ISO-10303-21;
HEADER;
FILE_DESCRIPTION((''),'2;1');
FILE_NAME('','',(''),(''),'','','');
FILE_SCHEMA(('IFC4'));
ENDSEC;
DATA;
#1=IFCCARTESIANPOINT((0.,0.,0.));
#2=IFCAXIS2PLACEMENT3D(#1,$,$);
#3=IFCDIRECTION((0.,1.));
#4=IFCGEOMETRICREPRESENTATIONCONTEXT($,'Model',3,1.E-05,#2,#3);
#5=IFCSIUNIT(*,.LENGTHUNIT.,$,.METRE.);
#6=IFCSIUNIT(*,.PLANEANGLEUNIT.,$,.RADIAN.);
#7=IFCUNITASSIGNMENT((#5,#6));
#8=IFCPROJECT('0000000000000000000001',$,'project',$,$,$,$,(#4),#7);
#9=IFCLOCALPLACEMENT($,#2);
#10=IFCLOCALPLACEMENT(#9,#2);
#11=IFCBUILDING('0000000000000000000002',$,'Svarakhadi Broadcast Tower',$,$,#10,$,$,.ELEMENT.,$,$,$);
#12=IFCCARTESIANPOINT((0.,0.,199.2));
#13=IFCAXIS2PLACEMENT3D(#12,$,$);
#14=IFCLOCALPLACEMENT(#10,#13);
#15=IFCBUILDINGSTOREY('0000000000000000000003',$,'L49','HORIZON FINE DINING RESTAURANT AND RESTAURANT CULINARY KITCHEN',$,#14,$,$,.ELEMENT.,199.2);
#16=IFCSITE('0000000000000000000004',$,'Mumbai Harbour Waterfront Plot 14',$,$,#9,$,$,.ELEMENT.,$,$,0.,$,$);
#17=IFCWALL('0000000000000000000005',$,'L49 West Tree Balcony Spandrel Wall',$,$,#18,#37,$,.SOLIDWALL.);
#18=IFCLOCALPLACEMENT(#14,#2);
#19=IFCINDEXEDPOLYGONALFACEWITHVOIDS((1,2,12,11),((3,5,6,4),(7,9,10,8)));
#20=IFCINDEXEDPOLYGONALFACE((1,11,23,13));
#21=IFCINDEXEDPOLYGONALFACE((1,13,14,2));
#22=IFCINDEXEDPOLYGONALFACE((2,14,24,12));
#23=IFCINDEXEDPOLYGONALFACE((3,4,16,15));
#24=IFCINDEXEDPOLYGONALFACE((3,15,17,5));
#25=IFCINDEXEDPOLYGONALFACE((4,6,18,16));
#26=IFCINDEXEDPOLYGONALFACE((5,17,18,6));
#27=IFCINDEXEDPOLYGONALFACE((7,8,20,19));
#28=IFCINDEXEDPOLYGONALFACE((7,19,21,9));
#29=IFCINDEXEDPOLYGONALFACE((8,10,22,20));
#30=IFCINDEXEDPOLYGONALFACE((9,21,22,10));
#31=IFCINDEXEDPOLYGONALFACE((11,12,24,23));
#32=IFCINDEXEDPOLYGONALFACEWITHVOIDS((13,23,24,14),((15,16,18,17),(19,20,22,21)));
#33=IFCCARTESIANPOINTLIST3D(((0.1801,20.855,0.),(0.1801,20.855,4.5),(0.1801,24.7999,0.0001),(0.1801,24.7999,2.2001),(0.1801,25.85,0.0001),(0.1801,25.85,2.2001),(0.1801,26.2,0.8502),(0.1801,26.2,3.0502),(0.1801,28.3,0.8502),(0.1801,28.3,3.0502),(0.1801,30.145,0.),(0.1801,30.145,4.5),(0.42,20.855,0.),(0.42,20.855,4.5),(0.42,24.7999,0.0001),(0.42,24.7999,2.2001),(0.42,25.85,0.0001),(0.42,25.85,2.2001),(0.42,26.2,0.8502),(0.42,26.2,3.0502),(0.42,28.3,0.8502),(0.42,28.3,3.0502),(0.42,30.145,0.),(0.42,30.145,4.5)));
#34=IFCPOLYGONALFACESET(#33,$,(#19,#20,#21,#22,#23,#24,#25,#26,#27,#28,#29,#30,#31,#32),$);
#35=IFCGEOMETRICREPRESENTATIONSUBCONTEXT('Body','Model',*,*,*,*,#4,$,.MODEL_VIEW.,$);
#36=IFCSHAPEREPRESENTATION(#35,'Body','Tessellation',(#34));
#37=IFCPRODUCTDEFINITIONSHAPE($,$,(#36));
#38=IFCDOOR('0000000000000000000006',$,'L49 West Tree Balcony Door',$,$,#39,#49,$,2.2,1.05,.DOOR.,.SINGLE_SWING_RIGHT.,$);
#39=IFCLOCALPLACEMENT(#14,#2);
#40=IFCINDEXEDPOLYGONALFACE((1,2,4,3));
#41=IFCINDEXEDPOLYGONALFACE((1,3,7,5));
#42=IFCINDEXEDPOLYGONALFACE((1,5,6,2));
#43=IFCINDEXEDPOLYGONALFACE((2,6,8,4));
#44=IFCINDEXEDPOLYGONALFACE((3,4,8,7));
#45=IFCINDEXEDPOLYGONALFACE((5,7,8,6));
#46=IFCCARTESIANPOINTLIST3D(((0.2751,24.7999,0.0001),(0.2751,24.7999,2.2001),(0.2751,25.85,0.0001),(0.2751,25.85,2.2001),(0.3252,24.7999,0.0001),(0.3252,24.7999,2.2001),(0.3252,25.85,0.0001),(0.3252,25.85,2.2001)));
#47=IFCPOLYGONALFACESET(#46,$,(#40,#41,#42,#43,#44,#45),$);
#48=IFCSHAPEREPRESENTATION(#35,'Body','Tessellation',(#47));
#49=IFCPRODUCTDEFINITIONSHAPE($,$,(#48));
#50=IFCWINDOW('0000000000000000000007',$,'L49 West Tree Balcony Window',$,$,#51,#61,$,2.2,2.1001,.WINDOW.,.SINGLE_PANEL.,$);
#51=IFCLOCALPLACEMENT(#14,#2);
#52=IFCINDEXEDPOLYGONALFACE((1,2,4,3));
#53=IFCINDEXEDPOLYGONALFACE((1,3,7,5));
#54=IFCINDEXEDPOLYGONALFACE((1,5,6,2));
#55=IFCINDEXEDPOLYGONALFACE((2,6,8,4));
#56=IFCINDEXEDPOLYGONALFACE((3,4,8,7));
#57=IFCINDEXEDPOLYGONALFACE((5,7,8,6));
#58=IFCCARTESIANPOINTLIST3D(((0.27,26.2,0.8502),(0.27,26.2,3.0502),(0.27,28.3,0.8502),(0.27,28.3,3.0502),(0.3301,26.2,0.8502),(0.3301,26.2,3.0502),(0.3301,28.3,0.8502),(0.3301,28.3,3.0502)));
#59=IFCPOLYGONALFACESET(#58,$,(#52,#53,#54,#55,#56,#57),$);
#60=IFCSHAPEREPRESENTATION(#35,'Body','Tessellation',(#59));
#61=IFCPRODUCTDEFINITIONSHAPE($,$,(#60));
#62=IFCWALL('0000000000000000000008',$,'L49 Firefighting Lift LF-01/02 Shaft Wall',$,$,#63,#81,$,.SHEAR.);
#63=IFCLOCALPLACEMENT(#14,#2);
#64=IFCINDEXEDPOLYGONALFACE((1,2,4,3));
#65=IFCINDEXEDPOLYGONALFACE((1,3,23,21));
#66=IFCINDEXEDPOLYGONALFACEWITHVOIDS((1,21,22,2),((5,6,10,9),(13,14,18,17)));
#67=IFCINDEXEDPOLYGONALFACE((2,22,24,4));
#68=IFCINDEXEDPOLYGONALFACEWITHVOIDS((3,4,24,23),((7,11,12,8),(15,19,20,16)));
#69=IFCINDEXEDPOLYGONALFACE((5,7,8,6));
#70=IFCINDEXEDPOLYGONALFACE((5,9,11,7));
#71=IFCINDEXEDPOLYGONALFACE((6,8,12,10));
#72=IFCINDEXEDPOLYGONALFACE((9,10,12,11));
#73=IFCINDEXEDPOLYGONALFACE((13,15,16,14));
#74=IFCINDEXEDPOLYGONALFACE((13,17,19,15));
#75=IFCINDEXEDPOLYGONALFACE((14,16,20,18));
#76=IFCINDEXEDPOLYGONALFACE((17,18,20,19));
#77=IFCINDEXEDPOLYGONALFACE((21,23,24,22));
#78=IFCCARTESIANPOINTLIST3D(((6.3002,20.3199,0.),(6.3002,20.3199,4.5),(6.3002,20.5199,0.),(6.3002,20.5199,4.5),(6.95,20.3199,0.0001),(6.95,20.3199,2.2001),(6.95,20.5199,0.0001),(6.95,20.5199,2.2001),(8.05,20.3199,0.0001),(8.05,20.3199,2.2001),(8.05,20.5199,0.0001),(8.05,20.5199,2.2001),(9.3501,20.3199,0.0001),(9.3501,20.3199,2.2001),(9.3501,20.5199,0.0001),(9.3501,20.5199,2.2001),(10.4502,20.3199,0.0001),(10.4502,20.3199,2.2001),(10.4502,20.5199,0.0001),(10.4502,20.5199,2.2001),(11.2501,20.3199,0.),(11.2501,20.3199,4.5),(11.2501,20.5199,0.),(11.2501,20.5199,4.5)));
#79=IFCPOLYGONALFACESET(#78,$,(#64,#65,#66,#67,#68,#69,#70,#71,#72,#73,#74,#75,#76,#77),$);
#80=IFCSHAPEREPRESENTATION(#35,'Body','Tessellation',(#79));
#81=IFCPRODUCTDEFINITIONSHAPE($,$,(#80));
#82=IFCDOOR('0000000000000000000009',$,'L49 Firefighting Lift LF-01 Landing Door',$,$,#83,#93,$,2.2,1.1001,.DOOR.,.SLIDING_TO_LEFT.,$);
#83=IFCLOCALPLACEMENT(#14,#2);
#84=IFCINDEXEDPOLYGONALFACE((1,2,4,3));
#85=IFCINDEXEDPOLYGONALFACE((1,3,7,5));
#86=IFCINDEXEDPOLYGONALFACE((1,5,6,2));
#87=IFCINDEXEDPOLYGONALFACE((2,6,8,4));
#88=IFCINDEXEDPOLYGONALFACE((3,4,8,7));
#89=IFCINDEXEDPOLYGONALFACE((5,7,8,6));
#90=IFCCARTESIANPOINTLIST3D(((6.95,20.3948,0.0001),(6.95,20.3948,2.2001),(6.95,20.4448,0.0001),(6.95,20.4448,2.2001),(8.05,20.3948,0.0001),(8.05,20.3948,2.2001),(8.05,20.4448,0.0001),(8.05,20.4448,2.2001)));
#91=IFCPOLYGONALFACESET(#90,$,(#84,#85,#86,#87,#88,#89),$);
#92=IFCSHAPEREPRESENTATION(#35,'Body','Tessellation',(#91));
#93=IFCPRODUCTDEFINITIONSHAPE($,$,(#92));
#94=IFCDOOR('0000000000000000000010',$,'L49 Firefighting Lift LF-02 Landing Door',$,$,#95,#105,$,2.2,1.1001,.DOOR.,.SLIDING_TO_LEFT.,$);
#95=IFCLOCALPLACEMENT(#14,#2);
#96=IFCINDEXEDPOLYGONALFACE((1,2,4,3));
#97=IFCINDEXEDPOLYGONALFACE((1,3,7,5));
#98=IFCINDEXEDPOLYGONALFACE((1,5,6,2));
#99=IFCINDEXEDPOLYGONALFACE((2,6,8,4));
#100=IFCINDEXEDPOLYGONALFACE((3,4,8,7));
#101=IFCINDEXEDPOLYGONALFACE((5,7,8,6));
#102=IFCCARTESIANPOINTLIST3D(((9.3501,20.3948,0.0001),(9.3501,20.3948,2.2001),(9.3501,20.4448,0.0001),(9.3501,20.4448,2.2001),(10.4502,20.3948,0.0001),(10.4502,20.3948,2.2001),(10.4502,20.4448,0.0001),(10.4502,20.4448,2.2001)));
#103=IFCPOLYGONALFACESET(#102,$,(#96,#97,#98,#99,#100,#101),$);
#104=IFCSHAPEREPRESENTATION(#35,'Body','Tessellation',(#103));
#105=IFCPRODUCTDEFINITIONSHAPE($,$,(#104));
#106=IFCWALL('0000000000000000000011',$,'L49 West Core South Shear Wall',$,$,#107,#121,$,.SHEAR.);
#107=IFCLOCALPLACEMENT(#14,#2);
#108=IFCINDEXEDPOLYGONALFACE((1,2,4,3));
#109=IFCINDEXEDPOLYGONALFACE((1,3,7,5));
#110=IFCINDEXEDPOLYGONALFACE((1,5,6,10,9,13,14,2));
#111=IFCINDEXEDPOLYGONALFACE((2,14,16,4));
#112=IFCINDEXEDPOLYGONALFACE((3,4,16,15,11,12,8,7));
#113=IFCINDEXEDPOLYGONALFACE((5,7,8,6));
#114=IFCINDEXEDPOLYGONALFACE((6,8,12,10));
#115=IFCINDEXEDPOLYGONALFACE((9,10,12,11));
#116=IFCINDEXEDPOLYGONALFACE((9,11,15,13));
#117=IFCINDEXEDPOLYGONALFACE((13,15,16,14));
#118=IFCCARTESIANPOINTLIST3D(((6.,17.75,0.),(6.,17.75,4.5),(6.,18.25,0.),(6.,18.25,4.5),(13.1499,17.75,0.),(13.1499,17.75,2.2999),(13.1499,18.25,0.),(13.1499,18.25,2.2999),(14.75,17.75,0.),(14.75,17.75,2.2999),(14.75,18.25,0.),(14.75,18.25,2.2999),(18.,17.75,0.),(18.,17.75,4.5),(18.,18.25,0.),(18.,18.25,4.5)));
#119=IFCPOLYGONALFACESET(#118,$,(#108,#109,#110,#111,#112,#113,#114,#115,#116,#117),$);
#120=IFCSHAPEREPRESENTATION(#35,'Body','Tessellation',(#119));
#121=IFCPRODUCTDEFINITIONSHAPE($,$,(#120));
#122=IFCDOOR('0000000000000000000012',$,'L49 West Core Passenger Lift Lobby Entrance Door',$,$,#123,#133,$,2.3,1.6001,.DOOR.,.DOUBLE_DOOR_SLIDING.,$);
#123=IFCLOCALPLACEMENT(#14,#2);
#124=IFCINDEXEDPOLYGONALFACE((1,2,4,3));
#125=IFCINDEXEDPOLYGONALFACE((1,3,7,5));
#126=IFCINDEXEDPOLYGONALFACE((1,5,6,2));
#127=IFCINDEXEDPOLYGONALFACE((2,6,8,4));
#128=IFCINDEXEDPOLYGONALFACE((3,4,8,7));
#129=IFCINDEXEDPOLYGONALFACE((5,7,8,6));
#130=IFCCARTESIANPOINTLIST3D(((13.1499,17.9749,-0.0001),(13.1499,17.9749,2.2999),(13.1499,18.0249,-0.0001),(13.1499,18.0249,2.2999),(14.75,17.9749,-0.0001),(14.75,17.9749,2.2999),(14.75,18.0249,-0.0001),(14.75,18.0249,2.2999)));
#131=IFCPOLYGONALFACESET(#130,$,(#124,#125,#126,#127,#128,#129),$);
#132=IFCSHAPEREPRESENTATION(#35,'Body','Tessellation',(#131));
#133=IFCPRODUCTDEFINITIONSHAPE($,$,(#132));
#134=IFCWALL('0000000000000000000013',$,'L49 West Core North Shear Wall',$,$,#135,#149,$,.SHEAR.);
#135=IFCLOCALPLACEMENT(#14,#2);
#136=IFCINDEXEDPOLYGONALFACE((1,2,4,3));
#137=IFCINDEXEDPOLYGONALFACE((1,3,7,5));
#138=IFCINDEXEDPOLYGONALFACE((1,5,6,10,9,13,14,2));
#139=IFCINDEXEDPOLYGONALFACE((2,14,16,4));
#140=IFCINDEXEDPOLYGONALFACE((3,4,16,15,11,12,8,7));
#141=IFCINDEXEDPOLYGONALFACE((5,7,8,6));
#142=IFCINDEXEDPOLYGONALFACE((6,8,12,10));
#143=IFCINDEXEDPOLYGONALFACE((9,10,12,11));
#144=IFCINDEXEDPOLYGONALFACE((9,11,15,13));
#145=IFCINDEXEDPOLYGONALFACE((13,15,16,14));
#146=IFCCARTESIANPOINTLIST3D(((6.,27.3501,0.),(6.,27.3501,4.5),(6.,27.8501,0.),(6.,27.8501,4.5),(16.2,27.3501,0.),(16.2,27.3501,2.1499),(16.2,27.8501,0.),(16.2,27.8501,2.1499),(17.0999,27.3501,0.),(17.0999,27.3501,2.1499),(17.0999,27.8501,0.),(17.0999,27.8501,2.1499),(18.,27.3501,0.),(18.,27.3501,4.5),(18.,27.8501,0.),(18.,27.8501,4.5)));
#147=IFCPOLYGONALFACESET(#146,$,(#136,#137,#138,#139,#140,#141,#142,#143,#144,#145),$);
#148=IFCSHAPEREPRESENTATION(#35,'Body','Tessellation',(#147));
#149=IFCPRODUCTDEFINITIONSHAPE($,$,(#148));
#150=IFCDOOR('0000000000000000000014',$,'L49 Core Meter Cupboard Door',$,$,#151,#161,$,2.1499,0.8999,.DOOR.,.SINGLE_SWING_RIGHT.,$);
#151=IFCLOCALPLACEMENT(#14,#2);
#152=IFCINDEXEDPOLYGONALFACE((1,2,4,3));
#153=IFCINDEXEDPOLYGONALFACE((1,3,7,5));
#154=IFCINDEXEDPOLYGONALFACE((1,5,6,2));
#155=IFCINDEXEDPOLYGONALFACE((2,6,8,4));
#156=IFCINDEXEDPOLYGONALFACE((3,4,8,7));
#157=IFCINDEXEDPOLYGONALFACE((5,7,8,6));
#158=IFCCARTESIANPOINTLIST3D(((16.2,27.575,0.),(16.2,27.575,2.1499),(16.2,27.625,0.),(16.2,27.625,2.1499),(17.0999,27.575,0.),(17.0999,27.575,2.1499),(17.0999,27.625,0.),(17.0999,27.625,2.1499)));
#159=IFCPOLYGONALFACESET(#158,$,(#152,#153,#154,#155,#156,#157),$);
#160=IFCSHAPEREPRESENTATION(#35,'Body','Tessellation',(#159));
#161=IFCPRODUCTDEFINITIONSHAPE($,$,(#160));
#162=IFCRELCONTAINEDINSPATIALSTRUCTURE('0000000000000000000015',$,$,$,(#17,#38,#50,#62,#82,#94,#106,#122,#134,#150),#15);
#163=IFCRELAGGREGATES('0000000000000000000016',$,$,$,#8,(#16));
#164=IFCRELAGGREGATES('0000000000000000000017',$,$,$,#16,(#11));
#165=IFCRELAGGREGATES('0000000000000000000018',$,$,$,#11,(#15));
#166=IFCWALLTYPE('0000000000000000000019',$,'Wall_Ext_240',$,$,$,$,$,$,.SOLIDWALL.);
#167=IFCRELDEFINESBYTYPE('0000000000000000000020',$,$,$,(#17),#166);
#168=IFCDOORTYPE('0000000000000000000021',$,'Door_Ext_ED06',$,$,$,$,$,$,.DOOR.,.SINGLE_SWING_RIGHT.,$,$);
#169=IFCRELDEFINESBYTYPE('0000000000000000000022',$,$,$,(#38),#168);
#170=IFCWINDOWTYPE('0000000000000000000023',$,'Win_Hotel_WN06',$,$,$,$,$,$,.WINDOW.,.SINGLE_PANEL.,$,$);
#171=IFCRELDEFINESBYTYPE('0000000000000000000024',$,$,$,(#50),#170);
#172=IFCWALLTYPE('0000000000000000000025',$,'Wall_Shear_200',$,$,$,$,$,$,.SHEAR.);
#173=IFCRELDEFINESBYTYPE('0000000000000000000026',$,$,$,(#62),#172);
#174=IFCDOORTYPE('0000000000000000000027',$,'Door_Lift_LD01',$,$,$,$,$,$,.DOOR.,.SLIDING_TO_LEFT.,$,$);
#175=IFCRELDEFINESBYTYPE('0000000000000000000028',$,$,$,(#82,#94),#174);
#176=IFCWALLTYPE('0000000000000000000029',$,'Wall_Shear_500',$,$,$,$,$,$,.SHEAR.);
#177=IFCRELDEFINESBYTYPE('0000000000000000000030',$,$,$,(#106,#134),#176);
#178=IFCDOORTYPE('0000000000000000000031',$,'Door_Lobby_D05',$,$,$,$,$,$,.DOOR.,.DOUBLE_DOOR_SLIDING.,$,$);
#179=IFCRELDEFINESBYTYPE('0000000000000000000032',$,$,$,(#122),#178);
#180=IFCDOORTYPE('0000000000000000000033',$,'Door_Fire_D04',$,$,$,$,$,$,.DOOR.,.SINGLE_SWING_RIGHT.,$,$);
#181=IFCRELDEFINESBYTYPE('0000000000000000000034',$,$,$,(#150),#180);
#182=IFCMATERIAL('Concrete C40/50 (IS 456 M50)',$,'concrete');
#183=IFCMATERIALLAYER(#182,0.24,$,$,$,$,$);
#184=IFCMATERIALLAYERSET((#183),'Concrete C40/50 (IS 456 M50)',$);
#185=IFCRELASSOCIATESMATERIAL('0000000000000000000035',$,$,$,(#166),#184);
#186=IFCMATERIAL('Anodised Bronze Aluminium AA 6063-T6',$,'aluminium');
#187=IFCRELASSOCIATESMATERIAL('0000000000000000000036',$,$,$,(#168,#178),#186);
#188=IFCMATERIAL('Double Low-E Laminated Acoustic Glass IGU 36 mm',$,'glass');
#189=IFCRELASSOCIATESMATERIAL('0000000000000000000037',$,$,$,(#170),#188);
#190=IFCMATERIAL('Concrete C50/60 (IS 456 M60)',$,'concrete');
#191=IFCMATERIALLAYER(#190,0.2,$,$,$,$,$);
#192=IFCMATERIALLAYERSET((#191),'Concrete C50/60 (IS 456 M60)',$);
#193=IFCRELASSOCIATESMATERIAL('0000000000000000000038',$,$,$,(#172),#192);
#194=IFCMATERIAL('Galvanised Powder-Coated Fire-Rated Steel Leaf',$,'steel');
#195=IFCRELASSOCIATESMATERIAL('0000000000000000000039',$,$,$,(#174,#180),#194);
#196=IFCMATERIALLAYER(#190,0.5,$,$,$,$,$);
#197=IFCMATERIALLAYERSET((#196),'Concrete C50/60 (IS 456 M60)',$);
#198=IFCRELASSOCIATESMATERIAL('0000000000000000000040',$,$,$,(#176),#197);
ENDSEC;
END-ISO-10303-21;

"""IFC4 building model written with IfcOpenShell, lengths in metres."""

from ifc_helpers import new_model, si_unit, direction, frame, frame_2d, origin, place, context, subcontext, project, spatial, rectangle, extrude, material, layer, layer_set, type_object, element, fill, save


model = new_model("IFC4")

# Units and contexts
model_context = context("Model", 3, precision=1e-05, world=origin(), true_north=direction((0.0, 1.0)))
body_context = subcontext(model_context, "Body", "Model", "MODEL_VIEW")
ifc_project = project(units=[si_unit("LENGTHUNIT", "METRE"), si_unit("PLANEANGLEUNIT", "RADIAN")], contexts=[model_context])

# Site, building, storey
site_placement = place(None, origin())
site = spatial("IfcSite", under=ifc_project, at=site_placement, Name="Mumbai Harbour Waterfront Plot 14", CompositionType="ELEMENT", RefElevation=0.0)
building_placement = place(site_placement, origin())
building = spatial("IfcBuilding", under=site, at=building_placement, Name="Svarakhadi Broadcast Tower", CompositionType="ELEMENT")
storey_placement = place(building_placement, frame((0.0, 0.0, 199.2)))
storey = spatial("IfcBuildingStorey", under=building, at=storey_placement, Name="L49", Description="HORIZON FINE DINING RESTAURANT AND RESTAURANT CULINARY KITCHEN", CompositionType="ELEMENT", Elevation=199.2)

# Shared definitions
ifc_material_1 = material(Name="Concrete C50/60 (IS 456 M60)", Category="concrete")

# Shared definitions
ifc_material_2 = material(Name="Anodised Bronze Aluminium AA 6063-T6", Category="aluminium")

# Wall, openings, door, window
ifc_material_3 = material(Name="Concrete C40/50 (IS 456 M50)", Category="concrete")
ifc_layer_1 = layer(ifc_material_3, 0.24)
ifc_layer_set_1 = layer_set([ifc_layer_1], Name="Concrete C40/50 (IS 456 M50)")
wall_type_1 = type_object("IfcWallType", Name="Wall_Ext_240", PredefinedType="SOLIDWALL", material=ifc_layer_set_1)
wall_1_placement = place(storey_placement, frame((0.3, 20.855, 0.0), z_axis=(0.0, 0.0, 1.0), x_axis=(0.0, 1.0, 0.0)))
wall_1 = element("IfcWall", 1, at=wall_1_placement, inside=storey, type_object=wall_type_1, Name="L49 West Tree Balcony Spandrel Wall", PredefinedType="SOLIDWALL", context=body_context, shape_type="SweptSolid", body=[
    extrude(rectangle(XDim=9.29, YDim=0.24, at=frame_2d((4.645, 0.0))), origin(), (0.0, 0.0, 1.0), 4.5),
])
opening_1_placement = place(wall_1_placement, frame((3.9451, 0.0, 0.0)))
opening_1 = element("IfcOpeningElement", 2, at=opening_1_placement, cuts=wall_1, PredefinedType="OPENING", context=body_context, shape_type="SweptSolid", body=[
    extrude(rectangle(XDim=1.05, YDim=2.2, at=frame_2d((0.5249, 1.1001))), frame((0.0, 0.1299, 0.0), z_axis=(0.0, -1.0, 0.0), x_axis=(1.0, 0.0, 0.0)), (0.0, 0.0, 1.0), 0.26),
])
opening_2_placement = place(wall_1_placement, frame((5.345, 0.0, 0.8501)))
opening_2 = element("IfcOpeningElement", 3, at=opening_2_placement, cuts=wall_1, PredefinedType="OPENING", context=body_context, shape_type="SweptSolid", body=[
    extrude(rectangle(XDim=2.1001, YDim=2.2, at=frame_2d((1.05, 1.1001))), frame((0.0, 0.1299, 0.0), z_axis=(0.0, -1.0, 0.0), x_axis=(1.0, 0.0, 0.0)), (0.0, 0.0, 1.0), 0.26),
])
door_type_1 = type_object("IfcDoorType", Name="Door_Ext_ED06", OperationType="SINGLE_SWING_RIGHT", PredefinedType="DOOR", material=ifc_material_2)
door_1_placement = place(opening_1_placement, origin())
door_1 = element("IfcDoor", 4, at=door_1_placement, inside=storey, type_object=door_type_1, Name="L49 West Tree Balcony Door", OperationType="SINGLE_SWING_RIGHT", OverallHeight=2.2, OverallWidth=1.05, PredefinedType="DOOR", context=body_context, shape_type="SweptSolid", body=[
    extrude(rectangle(XDim=1.05, YDim=2.2, at=frame_2d((0.5249, 1.1001))), frame((0.0, 0.0249, 0.0), z_axis=(0.0, -1.0, 0.0), x_axis=(1.0, 0.0, 0.0)), (0.0, 0.0, 1.0), 0.05),
])
fill(opening_1, door_1)
ifc_material_4 = material(Name="Double Low-E Laminated Acoustic Glass IGU 36 mm", Category="glass")
window_type = type_object("IfcWindowType", Name="Win_Hotel_WN06", PartitioningType="SINGLE_PANEL", PredefinedType="WINDOW", material=ifc_material_4)
window_placement = place(opening_2_placement, origin())
window = element("IfcWindow", 5, at=window_placement, inside=storey, type_object=window_type, Name="L49 West Tree Balcony Window", OverallHeight=2.2, OverallWidth=2.1001, PartitioningType="SINGLE_PANEL", PredefinedType="WINDOW", context=body_context, shape_type="SweptSolid", body=[
    extrude(rectangle(XDim=2.1001, YDim=2.2, at=frame_2d((1.05, 1.1001))), frame((0.0, 0.03, 0.0), z_axis=(0.0, -1.0, 0.0), x_axis=(1.0, 0.0, 0.0)), (0.0, 0.0, 1.0), 0.0601),
])
fill(opening_2, window)

# Wall, openings, doors
ifc_layer_2 = layer(ifc_material_1, 0.2)
ifc_layer_set_2 = layer_set([ifc_layer_2], Name="Concrete C50/60 (IS 456 M60)")
wall_type_2 = type_object("IfcWallType", Name="Wall_Shear_200", PredefinedType="SHEAR", material=ifc_layer_set_2)
wall_2_placement = place(storey_placement, frame((6.3, 20.4199, 0.0), z_axis=(0.0, 0.0, 1.0), x_axis=(1.0, 0.0, 0.0)))
wall_2 = element("IfcWall", 6, at=wall_2_placement, inside=storey, type_object=wall_type_2, Name="L49 Firefighting Lift LF-01/02 Shaft Wall", PredefinedType="SHEAR", context=body_context, shape_type="SweptSolid", body=[
    extrude(rectangle(XDim=4.95, YDim=0.2, at=frame_2d((2.4751, 0.0))), origin(), (0.0, 0.0, 1.0), 4.5),
])
opening_3_placement = place(wall_2_placement, frame((0.6499, 0.0, 0.0)))
opening_3 = element("IfcOpeningElement", 7, at=opening_3_placement, cuts=wall_2, PredefinedType="OPENING", context=body_context, shape_type="SweptSolid", body=[
    extrude(rectangle(XDim=1.1001, YDim=2.2, at=frame_2d((0.55, 1.1001))), frame((0.0, 0.1099, 0.0), z_axis=(0.0, -1.0, 0.0), x_axis=(1.0, 0.0, 0.0)), (0.0, 0.0, 1.0), 0.22),
])
opening_4_placement = place(wall_2_placement, frame((3.05, 0.0, 0.0)))
opening_4 = element("IfcOpeningElement", 8, at=opening_4_placement, cuts=wall_2, PredefinedType="OPENING", context=body_context, shape_type="SweptSolid", body=[
    extrude(rectangle(XDim=1.1001, YDim=2.2, at=frame_2d((0.55, 1.1001))), frame((0.0, 0.1099, 0.0), z_axis=(0.0, -1.0, 0.0), x_axis=(1.0, 0.0, 0.0)), (0.0, 0.0, 1.0), 0.22),
])
ifc_material_5 = material(Name="Galvanised Powder-Coated Fire-Rated Steel Leaf", Category="steel")
door_type_2 = type_object("IfcDoorType", Name="Door_Lift_LD01", OperationType="SLIDING_TO_LEFT", PredefinedType="DOOR", material=ifc_material_5)
door_2_placement = place(opening_3_placement, origin())
door_2 = element("IfcDoor", 9, at=door_2_placement, inside=storey, type_object=door_type_2, Name="L49 Firefighting Lift LF-01 Landing Door", OperationType="SLIDING_TO_LEFT", OverallHeight=2.2, OverallWidth=1.1001, PredefinedType="DOOR", context=body_context, shape_type="SweptSolid", body=[
    extrude(rectangle(XDim=1.1001, YDim=2.2, at=frame_2d((0.55, 1.1001))), frame((0.0, 0.0249, 0.0), z_axis=(0.0, -1.0, 0.0), x_axis=(1.0, 0.0, 0.0)), (0.0, 0.0, 1.0), 0.05),
])
fill(opening_3, door_2)
door_3_placement = place(opening_4_placement, origin())
door_3 = element("IfcDoor", 10, at=door_3_placement, inside=storey, type_object=door_type_2, Name="L49 Firefighting Lift LF-02 Landing Door", OperationType="SLIDING_TO_LEFT", OverallHeight=2.2, OverallWidth=1.1001, PredefinedType="DOOR", context=body_context, shape_type="SweptSolid", body=[
    extrude(rectangle(XDim=1.1001, YDim=2.2, at=frame_2d((0.55, 1.1001))), frame((0.0, 0.0249, 0.0), z_axis=(0.0, -1.0, 0.0), x_axis=(1.0, 0.0, 0.0)), (0.0, 0.0, 1.0), 0.05),
])
fill(opening_4, door_3)

# Walls, openings, doors
ifc_layer_3 = layer(ifc_material_1, 0.5)
ifc_layer_set_3 = layer_set([ifc_layer_3], Name="Concrete C50/60 (IS 456 M60)")
wall_type_3 = type_object("IfcWallType", Name="Wall_Shear_500", PredefinedType="SHEAR", material=ifc_layer_set_3)
wall_3_placement = place(storey_placement, frame((6.0, 18.0, 0.0), z_axis=(0.0, 0.0, 1.0), x_axis=(1.0, 0.0, 0.0)))
wall_3 = element("IfcWall", 11, at=wall_3_placement, inside=storey, type_object=wall_type_3, Name="L49 West Core South Shear Wall", PredefinedType="SHEAR", context=body_context, shape_type="SweptSolid", body=[
    extrude(rectangle(XDim=12.0, YDim=0.5, at=frame_2d((6.0, 0.0))), origin(), (0.0, 0.0, 1.0), 4.5),
])
opening_5_placement = place(wall_3_placement, frame((7.1499, 0.0, 0.0)))
opening_5 = element("IfcOpeningElement", 12, at=opening_5_placement, cuts=wall_3, PredefinedType="OPENING", context=body_context, shape_type="SweptSolid", body=[
    extrude(rectangle(XDim=1.6001, YDim=2.3, at=frame_2d((0.8, 1.1499))), frame((0.0, 0.26, 0.0), z_axis=(0.0, -1.0, 0.0), x_axis=(1.0, 0.0, 0.0)), (0.0, 0.0, 1.0), 0.52),
])
door_type_3 = type_object("IfcDoorType", Name="Door_Lobby_D05", OperationType="DOUBLE_DOOR_SLIDING", PredefinedType="DOOR", material=ifc_material_2)
door_4_placement = place(opening_5_placement, origin())
door_4 = element("IfcDoor", 13, at=door_4_placement, inside=storey, type_object=door_type_3, Name="L49 West Core Passenger Lift Lobby Entrance Door", OperationType="DOUBLE_DOOR_SLIDING", OverallHeight=2.3, OverallWidth=1.6001, PredefinedType="DOOR", context=body_context, shape_type="SweptSolid", body=[
    extrude(rectangle(XDim=1.6001, YDim=2.3, at=frame_2d((0.8, 1.1499))), frame((0.0, 0.0249, 0.0), z_axis=(0.0, -1.0, 0.0), x_axis=(1.0, 0.0, 0.0)), (0.0, 0.0, 1.0), 0.05),
])
fill(opening_5, door_4)
wall_4_placement = place(storey_placement, frame((6.0, 27.6001, 0.0), z_axis=(0.0, 0.0, 1.0), x_axis=(1.0, 0.0, 0.0)))
wall_4 = element("IfcWall", 14, at=wall_4_placement, inside=storey, type_object=wall_type_3, Name="L49 West Core North Shear Wall", PredefinedType="SHEAR", context=body_context, shape_type="SweptSolid", body=[
    extrude(rectangle(XDim=12.0, YDim=0.5, at=frame_2d((6.0, 0.0))), origin(), (0.0, 0.0, 1.0), 4.5),
])
opening_6_placement = place(wall_4_placement, frame((10.2, 0.0, 0.0)))
opening_6 = element("IfcOpeningElement", 15, at=opening_6_placement, cuts=wall_4, PredefinedType="OPENING", context=body_context, shape_type="SweptSolid", body=[
    extrude(rectangle(XDim=0.8999, YDim=2.1499, at=frame_2d((0.45, 1.075))), frame((0.0, 0.26, 0.0), z_axis=(0.0, -1.0, 0.0), x_axis=(1.0, 0.0, 0.0)), (0.0, 0.0, 1.0), 0.52),
])
door_type_4 = type_object("IfcDoorType", Name="Door_Fire_D04", OperationType="SINGLE_SWING_RIGHT", PredefinedType="DOOR", material=ifc_material_5)
door_5_placement = place(opening_6_placement, origin())
door_5 = element("IfcDoor", 16, at=door_5_placement, inside=storey, type_object=door_type_4, Name="L49 Core Meter Cupboard Door", OperationType="SINGLE_SWING_RIGHT", OverallHeight=2.1499, OverallWidth=0.8999, PredefinedType="DOOR", context=body_context, shape_type="SweptSolid", body=[
    extrude(rectangle(XDim=0.8999, YDim=2.1499, at=frame_2d((0.45, 1.075))), frame((0.0, 0.0249, 0.0), z_axis=(0.0, -1.0, 0.0), x_axis=(1.0, 0.0, 0.0)), (0.0, 0.0, 1.0), 0.05),
])
fill(opening_6, door_5)

save(model, "model.ifc")
